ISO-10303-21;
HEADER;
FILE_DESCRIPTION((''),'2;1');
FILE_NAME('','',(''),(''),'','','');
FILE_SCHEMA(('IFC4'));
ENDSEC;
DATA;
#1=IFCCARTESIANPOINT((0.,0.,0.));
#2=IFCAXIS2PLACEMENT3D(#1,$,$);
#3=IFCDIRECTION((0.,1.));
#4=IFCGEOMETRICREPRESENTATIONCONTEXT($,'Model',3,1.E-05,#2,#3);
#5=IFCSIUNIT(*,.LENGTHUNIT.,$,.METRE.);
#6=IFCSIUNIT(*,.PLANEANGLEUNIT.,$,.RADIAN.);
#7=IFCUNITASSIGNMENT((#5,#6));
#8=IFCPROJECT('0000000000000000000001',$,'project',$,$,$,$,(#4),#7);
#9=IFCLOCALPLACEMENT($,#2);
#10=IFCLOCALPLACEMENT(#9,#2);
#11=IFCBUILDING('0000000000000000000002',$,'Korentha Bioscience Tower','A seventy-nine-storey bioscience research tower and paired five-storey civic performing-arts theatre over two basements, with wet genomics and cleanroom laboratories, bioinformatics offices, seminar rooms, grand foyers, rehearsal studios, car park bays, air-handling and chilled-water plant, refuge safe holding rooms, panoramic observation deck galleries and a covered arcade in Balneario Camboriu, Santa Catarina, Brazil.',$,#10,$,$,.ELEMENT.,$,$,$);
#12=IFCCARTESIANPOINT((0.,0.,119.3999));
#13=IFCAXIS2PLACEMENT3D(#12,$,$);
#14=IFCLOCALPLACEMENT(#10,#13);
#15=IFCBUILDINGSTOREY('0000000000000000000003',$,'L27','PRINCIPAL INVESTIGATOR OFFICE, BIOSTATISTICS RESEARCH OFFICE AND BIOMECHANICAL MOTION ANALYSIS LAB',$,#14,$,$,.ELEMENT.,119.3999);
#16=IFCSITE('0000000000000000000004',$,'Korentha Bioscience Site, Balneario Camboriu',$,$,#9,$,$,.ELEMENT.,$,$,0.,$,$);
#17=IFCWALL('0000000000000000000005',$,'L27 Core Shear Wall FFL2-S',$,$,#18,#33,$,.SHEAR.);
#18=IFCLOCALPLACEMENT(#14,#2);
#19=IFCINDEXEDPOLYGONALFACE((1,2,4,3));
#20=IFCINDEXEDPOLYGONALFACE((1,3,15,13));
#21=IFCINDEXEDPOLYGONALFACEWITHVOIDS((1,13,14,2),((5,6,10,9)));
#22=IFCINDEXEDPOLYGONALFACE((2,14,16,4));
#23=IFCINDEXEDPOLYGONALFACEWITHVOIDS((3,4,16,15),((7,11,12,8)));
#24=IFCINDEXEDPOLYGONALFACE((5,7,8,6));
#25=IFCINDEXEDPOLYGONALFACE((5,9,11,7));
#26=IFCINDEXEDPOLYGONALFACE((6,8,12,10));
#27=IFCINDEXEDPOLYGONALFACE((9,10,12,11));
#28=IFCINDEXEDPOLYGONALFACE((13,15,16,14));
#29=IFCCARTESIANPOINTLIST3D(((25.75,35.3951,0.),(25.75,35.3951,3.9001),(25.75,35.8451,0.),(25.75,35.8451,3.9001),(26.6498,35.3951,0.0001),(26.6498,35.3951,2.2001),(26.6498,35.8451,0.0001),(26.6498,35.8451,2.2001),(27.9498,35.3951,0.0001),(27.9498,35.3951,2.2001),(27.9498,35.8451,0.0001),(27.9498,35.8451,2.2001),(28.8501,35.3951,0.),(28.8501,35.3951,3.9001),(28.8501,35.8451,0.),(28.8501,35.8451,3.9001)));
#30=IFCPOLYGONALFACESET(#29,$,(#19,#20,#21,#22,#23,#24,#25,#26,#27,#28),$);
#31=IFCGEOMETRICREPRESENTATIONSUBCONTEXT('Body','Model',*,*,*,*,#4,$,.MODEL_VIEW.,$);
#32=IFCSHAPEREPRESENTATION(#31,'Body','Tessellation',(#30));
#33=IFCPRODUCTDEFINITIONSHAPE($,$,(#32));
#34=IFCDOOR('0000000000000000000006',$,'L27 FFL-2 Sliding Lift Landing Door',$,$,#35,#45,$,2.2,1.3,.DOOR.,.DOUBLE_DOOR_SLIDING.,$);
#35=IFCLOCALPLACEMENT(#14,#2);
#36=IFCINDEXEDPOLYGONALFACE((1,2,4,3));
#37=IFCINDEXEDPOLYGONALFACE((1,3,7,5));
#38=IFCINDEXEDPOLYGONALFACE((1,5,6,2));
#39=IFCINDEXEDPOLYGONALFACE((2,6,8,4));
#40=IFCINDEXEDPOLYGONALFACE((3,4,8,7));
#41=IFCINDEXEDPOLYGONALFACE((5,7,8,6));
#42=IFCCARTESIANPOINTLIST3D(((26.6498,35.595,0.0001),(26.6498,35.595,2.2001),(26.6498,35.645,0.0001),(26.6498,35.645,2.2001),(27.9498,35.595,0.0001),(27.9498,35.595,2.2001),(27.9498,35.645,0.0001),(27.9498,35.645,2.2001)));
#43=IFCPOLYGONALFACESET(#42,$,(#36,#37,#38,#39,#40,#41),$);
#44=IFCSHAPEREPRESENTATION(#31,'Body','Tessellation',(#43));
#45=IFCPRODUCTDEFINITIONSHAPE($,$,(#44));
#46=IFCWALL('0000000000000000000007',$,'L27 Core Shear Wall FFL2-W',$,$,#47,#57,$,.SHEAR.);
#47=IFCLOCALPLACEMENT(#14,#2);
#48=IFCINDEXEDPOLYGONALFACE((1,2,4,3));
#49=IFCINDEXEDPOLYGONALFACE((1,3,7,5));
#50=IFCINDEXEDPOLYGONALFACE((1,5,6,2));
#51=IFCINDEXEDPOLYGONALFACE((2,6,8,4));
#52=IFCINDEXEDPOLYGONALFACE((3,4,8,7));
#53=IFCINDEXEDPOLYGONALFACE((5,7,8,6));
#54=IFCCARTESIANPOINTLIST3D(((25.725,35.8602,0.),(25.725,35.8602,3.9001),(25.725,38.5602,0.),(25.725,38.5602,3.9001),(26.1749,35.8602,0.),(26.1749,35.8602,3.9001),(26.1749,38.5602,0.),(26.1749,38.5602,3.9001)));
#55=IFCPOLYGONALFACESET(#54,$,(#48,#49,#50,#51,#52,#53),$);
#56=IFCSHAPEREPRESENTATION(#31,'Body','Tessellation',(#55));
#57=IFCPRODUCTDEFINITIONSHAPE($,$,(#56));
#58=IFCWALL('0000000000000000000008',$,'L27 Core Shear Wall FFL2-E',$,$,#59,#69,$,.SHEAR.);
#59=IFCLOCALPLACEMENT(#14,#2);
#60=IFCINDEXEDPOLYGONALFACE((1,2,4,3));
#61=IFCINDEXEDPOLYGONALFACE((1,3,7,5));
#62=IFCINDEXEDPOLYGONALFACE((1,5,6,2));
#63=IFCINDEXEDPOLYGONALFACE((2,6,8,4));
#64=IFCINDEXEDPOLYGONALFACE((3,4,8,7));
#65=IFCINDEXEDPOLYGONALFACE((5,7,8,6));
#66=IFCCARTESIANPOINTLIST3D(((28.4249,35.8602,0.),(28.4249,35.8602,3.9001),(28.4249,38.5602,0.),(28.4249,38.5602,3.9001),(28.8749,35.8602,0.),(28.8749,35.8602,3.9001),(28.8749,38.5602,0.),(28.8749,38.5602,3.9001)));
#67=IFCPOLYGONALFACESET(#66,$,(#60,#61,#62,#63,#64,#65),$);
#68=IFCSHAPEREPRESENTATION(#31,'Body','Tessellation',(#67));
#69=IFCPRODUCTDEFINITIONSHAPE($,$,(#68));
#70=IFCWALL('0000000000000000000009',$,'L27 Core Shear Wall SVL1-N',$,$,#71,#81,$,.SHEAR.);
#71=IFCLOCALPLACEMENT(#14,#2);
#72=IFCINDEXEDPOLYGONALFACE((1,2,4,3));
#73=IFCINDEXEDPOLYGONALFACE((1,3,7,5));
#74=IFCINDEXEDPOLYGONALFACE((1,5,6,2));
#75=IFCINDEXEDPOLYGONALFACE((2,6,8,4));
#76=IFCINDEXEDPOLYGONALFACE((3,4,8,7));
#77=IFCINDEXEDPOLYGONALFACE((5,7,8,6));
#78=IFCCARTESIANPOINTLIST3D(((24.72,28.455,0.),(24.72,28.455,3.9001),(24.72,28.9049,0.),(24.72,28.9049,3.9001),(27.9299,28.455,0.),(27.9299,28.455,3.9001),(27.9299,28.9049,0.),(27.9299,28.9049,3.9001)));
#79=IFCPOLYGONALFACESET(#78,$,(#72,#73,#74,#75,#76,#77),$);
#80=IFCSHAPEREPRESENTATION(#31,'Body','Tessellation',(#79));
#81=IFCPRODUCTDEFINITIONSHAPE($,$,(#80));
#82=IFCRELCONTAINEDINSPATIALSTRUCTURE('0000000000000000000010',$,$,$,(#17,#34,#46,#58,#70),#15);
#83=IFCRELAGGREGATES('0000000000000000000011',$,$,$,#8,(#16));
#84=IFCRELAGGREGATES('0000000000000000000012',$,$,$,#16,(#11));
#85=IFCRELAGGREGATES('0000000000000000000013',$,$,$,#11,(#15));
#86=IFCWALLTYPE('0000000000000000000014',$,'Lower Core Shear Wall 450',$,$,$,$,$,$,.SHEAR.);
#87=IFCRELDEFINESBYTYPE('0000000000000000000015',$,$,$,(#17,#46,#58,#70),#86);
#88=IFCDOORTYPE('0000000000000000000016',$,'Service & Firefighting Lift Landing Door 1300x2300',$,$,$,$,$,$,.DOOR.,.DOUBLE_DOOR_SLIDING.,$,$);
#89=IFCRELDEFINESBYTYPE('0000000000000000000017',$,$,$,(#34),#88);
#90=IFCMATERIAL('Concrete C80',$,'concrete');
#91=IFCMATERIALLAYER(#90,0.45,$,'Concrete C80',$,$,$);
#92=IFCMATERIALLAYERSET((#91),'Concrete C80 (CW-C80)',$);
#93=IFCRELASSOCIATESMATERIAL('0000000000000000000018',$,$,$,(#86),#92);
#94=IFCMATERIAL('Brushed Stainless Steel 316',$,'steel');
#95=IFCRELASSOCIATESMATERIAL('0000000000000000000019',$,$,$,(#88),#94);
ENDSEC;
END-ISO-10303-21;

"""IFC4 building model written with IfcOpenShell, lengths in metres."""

from ifc_helpers import new_model, si_unit, direction, frame, frame_2d, origin, place, context, subcontext, project, spatial, rectangle, extrude, material, layer, layer_set, type_object, element, fill, save


model = new_model("IFC4")

# Units and contexts
model_context = context("Model", 3, precision=1e-05, world=origin(), true_north=direction((0.0, 1.0)))
body_context = subcontext(model_context, "Body", "Model", "MODEL_VIEW")
ifc_project = project(units=[si_unit("LENGTHUNIT", "METRE"), si_unit("PLANEANGLEUNIT", "RADIAN")], contexts=[model_context])

# Site, building, storey
site_placement = place(None, origin())
site = spatial("IfcSite", under=ifc_project, at=site_placement, Name="Korentha Bioscience Site, Balneario Camboriu", CompositionType="ELEMENT", RefElevation=0.0)
building_placement = place(site_placement, origin())
building = spatial("IfcBuilding", under=site, at=building_placement, Name="Korentha Bioscience Tower", Description="A seventy-nine-storey bioscience research tower and paired five-storey civic performing-arts theatre over two basements, with wet genomics and cleanroom laboratories, bioinformatics offices, seminar rooms, grand foyers, rehearsal studios, car park bays, air-handling and chilled-water plant, refuge safe holding rooms, panoramic observation deck galleries and a covered arcade in Balneario Camboriu, Santa Catarina, Brazil.", CompositionType="ELEMENT")
storey_placement = place(building_placement, frame((0.0, 0.0, 119.3999)))
storey = spatial("IfcBuildingStorey", under=building, at=storey_placement, Name="L27", Description="PRINCIPAL INVESTIGATOR OFFICE, BIOSTATISTICS RESEARCH OFFICE AND BIOMECHANICAL MOTION ANALYSIS LAB", CompositionType="ELEMENT", Elevation=119.3999)

# Shared definitions
ifc_material_1 = material(Name="Concrete C80", Category="concrete")

# Shared definitions
ifc_layer_1 = layer(ifc_material_1, 0.45, Name="Concrete C80")
ifc_layer_set_1 = layer_set([ifc_layer_1], Name="Concrete C80 (CW-C80)")
wall_type_1 = type_object("IfcWallType", Name="Lower Core Shear Wall 450", PredefinedType="SHEAR", material=ifc_layer_set_1)

# Wall, opening, door
wall_1_placement = place(storey_placement, frame((25.75, 35.6201, 0.0), z_axis=(0.0, 0.0, 1.0), x_axis=(1.0, 0.0, 0.0)))
wall_1 = element("IfcWall", 1, at=wall_1_placement, inside=storey, type_object=wall_type_1, Name="L27 Core Shear Wall FFL2-S", PredefinedType="SHEAR", context=body_context, shape_type="SweptSolid", body=[
    extrude(rectangle(XDim=3.1001, YDim=0.45, at=frame_2d((1.55, 0.0))), origin(), (0.0, 0.0, 1.0), 3.9001),
])
opening_1_placement = place(wall_1_placement, frame((0.8999, 0.0, 0.0)))
opening_1 = element("IfcOpeningElement", 2, at=opening_1_placement, cuts=wall_1, PredefinedType="OPENING", context=body_context, shape_type="SweptSolid", body=[
    extrude(rectangle(XDim=1.3, YDim=2.2, at=frame_2d((0.6499, 1.1001))), frame((0.0, 0.2397, 0.0), z_axis=(0.0, -1.0, 0.0), x_axis=(1.0, 0.0, 0.0)), (0.0, 0.0, 1.0), 0.4797),
])
ifc_material_2 = material(Name="Brushed Stainless Steel 316", Category="steel")
door_type_1 = type_object("IfcDoorType", Name="Service & Firefighting Lift Landing Door 1300x2300", OperationType="DOUBLE_DOOR_SLIDING", PredefinedType="DOOR", material=ifc_material_2)
door_1_placement = place(opening_1_placement, origin())
door_1 = element("IfcDoor", 3, at=door_1_placement, inside=storey, type_object=door_type_1, Name="L27 FFL-2 Sliding Lift Landing Door", OperationType="DOUBLE_DOOR_SLIDING", OverallHeight=2.2, OverallWidth=1.3, PredefinedType="DOOR", context=body_context, shape_type="SweptSolid", body=[
    extrude(rectangle(XDim=1.3, YDim=2.2, at=frame_2d((0.6499, 1.1001))), frame((0.0, 0.0249, 0.0), z_axis=(0.0, -1.0, 0.0), x_axis=(1.0, 0.0, 0.0)), (0.0, 0.0, 1.0), 0.05),
])
fill(opening_1, door_1)

# Walls
for number, where, z_axis, x_axis, name in (
    (4, (25.95, 35.8601, 0.0), (0.0, 0.0, 1.0), (0.0, 1.0, 0.0), "L27 Core Shear Wall FFL2-W"),
    (5, (28.6499, 35.8601, 0.0), (0.0, 0.0, 1.0), (0.0, 1.0, 0.0), "L27 Core Shear Wall FFL2-E"),
):
    element("IfcWall", number, at=place(storey_placement, frame(where, z_axis=z_axis, x_axis=x_axis)), inside=storey, type_object=wall_type_1, Name=name, PredefinedType="SHEAR", context=body_context, shape_type="SweptSolid", body=[
        extrude(rectangle(XDim=2.7, YDim=0.45, at=frame_2d((1.3501, 0.0))), origin(), (0.0, 0.0, 1.0), 3.9001),
    ])
wall_2_placement = place(storey_placement, frame((24.72, 28.6799, 0.0), z_axis=(0.0, 0.0, 1.0), x_axis=(1.0, 0.0, 0.0)))
element("IfcWall", 6, at=wall_2_placement, inside=storey, type_object=wall_type_1, Name="L27 Core Shear Wall SVL1-N", PredefinedType="SHEAR", context=body_context, shape_type="SweptSolid", body=[
    extrude(rectangle(XDim=3.21, YDim=0.45, at=frame_2d((1.605, 0.0))), origin(), (0.0, 0.0, 1.0), 3.9001),
])

save(model, "model.ifc")
